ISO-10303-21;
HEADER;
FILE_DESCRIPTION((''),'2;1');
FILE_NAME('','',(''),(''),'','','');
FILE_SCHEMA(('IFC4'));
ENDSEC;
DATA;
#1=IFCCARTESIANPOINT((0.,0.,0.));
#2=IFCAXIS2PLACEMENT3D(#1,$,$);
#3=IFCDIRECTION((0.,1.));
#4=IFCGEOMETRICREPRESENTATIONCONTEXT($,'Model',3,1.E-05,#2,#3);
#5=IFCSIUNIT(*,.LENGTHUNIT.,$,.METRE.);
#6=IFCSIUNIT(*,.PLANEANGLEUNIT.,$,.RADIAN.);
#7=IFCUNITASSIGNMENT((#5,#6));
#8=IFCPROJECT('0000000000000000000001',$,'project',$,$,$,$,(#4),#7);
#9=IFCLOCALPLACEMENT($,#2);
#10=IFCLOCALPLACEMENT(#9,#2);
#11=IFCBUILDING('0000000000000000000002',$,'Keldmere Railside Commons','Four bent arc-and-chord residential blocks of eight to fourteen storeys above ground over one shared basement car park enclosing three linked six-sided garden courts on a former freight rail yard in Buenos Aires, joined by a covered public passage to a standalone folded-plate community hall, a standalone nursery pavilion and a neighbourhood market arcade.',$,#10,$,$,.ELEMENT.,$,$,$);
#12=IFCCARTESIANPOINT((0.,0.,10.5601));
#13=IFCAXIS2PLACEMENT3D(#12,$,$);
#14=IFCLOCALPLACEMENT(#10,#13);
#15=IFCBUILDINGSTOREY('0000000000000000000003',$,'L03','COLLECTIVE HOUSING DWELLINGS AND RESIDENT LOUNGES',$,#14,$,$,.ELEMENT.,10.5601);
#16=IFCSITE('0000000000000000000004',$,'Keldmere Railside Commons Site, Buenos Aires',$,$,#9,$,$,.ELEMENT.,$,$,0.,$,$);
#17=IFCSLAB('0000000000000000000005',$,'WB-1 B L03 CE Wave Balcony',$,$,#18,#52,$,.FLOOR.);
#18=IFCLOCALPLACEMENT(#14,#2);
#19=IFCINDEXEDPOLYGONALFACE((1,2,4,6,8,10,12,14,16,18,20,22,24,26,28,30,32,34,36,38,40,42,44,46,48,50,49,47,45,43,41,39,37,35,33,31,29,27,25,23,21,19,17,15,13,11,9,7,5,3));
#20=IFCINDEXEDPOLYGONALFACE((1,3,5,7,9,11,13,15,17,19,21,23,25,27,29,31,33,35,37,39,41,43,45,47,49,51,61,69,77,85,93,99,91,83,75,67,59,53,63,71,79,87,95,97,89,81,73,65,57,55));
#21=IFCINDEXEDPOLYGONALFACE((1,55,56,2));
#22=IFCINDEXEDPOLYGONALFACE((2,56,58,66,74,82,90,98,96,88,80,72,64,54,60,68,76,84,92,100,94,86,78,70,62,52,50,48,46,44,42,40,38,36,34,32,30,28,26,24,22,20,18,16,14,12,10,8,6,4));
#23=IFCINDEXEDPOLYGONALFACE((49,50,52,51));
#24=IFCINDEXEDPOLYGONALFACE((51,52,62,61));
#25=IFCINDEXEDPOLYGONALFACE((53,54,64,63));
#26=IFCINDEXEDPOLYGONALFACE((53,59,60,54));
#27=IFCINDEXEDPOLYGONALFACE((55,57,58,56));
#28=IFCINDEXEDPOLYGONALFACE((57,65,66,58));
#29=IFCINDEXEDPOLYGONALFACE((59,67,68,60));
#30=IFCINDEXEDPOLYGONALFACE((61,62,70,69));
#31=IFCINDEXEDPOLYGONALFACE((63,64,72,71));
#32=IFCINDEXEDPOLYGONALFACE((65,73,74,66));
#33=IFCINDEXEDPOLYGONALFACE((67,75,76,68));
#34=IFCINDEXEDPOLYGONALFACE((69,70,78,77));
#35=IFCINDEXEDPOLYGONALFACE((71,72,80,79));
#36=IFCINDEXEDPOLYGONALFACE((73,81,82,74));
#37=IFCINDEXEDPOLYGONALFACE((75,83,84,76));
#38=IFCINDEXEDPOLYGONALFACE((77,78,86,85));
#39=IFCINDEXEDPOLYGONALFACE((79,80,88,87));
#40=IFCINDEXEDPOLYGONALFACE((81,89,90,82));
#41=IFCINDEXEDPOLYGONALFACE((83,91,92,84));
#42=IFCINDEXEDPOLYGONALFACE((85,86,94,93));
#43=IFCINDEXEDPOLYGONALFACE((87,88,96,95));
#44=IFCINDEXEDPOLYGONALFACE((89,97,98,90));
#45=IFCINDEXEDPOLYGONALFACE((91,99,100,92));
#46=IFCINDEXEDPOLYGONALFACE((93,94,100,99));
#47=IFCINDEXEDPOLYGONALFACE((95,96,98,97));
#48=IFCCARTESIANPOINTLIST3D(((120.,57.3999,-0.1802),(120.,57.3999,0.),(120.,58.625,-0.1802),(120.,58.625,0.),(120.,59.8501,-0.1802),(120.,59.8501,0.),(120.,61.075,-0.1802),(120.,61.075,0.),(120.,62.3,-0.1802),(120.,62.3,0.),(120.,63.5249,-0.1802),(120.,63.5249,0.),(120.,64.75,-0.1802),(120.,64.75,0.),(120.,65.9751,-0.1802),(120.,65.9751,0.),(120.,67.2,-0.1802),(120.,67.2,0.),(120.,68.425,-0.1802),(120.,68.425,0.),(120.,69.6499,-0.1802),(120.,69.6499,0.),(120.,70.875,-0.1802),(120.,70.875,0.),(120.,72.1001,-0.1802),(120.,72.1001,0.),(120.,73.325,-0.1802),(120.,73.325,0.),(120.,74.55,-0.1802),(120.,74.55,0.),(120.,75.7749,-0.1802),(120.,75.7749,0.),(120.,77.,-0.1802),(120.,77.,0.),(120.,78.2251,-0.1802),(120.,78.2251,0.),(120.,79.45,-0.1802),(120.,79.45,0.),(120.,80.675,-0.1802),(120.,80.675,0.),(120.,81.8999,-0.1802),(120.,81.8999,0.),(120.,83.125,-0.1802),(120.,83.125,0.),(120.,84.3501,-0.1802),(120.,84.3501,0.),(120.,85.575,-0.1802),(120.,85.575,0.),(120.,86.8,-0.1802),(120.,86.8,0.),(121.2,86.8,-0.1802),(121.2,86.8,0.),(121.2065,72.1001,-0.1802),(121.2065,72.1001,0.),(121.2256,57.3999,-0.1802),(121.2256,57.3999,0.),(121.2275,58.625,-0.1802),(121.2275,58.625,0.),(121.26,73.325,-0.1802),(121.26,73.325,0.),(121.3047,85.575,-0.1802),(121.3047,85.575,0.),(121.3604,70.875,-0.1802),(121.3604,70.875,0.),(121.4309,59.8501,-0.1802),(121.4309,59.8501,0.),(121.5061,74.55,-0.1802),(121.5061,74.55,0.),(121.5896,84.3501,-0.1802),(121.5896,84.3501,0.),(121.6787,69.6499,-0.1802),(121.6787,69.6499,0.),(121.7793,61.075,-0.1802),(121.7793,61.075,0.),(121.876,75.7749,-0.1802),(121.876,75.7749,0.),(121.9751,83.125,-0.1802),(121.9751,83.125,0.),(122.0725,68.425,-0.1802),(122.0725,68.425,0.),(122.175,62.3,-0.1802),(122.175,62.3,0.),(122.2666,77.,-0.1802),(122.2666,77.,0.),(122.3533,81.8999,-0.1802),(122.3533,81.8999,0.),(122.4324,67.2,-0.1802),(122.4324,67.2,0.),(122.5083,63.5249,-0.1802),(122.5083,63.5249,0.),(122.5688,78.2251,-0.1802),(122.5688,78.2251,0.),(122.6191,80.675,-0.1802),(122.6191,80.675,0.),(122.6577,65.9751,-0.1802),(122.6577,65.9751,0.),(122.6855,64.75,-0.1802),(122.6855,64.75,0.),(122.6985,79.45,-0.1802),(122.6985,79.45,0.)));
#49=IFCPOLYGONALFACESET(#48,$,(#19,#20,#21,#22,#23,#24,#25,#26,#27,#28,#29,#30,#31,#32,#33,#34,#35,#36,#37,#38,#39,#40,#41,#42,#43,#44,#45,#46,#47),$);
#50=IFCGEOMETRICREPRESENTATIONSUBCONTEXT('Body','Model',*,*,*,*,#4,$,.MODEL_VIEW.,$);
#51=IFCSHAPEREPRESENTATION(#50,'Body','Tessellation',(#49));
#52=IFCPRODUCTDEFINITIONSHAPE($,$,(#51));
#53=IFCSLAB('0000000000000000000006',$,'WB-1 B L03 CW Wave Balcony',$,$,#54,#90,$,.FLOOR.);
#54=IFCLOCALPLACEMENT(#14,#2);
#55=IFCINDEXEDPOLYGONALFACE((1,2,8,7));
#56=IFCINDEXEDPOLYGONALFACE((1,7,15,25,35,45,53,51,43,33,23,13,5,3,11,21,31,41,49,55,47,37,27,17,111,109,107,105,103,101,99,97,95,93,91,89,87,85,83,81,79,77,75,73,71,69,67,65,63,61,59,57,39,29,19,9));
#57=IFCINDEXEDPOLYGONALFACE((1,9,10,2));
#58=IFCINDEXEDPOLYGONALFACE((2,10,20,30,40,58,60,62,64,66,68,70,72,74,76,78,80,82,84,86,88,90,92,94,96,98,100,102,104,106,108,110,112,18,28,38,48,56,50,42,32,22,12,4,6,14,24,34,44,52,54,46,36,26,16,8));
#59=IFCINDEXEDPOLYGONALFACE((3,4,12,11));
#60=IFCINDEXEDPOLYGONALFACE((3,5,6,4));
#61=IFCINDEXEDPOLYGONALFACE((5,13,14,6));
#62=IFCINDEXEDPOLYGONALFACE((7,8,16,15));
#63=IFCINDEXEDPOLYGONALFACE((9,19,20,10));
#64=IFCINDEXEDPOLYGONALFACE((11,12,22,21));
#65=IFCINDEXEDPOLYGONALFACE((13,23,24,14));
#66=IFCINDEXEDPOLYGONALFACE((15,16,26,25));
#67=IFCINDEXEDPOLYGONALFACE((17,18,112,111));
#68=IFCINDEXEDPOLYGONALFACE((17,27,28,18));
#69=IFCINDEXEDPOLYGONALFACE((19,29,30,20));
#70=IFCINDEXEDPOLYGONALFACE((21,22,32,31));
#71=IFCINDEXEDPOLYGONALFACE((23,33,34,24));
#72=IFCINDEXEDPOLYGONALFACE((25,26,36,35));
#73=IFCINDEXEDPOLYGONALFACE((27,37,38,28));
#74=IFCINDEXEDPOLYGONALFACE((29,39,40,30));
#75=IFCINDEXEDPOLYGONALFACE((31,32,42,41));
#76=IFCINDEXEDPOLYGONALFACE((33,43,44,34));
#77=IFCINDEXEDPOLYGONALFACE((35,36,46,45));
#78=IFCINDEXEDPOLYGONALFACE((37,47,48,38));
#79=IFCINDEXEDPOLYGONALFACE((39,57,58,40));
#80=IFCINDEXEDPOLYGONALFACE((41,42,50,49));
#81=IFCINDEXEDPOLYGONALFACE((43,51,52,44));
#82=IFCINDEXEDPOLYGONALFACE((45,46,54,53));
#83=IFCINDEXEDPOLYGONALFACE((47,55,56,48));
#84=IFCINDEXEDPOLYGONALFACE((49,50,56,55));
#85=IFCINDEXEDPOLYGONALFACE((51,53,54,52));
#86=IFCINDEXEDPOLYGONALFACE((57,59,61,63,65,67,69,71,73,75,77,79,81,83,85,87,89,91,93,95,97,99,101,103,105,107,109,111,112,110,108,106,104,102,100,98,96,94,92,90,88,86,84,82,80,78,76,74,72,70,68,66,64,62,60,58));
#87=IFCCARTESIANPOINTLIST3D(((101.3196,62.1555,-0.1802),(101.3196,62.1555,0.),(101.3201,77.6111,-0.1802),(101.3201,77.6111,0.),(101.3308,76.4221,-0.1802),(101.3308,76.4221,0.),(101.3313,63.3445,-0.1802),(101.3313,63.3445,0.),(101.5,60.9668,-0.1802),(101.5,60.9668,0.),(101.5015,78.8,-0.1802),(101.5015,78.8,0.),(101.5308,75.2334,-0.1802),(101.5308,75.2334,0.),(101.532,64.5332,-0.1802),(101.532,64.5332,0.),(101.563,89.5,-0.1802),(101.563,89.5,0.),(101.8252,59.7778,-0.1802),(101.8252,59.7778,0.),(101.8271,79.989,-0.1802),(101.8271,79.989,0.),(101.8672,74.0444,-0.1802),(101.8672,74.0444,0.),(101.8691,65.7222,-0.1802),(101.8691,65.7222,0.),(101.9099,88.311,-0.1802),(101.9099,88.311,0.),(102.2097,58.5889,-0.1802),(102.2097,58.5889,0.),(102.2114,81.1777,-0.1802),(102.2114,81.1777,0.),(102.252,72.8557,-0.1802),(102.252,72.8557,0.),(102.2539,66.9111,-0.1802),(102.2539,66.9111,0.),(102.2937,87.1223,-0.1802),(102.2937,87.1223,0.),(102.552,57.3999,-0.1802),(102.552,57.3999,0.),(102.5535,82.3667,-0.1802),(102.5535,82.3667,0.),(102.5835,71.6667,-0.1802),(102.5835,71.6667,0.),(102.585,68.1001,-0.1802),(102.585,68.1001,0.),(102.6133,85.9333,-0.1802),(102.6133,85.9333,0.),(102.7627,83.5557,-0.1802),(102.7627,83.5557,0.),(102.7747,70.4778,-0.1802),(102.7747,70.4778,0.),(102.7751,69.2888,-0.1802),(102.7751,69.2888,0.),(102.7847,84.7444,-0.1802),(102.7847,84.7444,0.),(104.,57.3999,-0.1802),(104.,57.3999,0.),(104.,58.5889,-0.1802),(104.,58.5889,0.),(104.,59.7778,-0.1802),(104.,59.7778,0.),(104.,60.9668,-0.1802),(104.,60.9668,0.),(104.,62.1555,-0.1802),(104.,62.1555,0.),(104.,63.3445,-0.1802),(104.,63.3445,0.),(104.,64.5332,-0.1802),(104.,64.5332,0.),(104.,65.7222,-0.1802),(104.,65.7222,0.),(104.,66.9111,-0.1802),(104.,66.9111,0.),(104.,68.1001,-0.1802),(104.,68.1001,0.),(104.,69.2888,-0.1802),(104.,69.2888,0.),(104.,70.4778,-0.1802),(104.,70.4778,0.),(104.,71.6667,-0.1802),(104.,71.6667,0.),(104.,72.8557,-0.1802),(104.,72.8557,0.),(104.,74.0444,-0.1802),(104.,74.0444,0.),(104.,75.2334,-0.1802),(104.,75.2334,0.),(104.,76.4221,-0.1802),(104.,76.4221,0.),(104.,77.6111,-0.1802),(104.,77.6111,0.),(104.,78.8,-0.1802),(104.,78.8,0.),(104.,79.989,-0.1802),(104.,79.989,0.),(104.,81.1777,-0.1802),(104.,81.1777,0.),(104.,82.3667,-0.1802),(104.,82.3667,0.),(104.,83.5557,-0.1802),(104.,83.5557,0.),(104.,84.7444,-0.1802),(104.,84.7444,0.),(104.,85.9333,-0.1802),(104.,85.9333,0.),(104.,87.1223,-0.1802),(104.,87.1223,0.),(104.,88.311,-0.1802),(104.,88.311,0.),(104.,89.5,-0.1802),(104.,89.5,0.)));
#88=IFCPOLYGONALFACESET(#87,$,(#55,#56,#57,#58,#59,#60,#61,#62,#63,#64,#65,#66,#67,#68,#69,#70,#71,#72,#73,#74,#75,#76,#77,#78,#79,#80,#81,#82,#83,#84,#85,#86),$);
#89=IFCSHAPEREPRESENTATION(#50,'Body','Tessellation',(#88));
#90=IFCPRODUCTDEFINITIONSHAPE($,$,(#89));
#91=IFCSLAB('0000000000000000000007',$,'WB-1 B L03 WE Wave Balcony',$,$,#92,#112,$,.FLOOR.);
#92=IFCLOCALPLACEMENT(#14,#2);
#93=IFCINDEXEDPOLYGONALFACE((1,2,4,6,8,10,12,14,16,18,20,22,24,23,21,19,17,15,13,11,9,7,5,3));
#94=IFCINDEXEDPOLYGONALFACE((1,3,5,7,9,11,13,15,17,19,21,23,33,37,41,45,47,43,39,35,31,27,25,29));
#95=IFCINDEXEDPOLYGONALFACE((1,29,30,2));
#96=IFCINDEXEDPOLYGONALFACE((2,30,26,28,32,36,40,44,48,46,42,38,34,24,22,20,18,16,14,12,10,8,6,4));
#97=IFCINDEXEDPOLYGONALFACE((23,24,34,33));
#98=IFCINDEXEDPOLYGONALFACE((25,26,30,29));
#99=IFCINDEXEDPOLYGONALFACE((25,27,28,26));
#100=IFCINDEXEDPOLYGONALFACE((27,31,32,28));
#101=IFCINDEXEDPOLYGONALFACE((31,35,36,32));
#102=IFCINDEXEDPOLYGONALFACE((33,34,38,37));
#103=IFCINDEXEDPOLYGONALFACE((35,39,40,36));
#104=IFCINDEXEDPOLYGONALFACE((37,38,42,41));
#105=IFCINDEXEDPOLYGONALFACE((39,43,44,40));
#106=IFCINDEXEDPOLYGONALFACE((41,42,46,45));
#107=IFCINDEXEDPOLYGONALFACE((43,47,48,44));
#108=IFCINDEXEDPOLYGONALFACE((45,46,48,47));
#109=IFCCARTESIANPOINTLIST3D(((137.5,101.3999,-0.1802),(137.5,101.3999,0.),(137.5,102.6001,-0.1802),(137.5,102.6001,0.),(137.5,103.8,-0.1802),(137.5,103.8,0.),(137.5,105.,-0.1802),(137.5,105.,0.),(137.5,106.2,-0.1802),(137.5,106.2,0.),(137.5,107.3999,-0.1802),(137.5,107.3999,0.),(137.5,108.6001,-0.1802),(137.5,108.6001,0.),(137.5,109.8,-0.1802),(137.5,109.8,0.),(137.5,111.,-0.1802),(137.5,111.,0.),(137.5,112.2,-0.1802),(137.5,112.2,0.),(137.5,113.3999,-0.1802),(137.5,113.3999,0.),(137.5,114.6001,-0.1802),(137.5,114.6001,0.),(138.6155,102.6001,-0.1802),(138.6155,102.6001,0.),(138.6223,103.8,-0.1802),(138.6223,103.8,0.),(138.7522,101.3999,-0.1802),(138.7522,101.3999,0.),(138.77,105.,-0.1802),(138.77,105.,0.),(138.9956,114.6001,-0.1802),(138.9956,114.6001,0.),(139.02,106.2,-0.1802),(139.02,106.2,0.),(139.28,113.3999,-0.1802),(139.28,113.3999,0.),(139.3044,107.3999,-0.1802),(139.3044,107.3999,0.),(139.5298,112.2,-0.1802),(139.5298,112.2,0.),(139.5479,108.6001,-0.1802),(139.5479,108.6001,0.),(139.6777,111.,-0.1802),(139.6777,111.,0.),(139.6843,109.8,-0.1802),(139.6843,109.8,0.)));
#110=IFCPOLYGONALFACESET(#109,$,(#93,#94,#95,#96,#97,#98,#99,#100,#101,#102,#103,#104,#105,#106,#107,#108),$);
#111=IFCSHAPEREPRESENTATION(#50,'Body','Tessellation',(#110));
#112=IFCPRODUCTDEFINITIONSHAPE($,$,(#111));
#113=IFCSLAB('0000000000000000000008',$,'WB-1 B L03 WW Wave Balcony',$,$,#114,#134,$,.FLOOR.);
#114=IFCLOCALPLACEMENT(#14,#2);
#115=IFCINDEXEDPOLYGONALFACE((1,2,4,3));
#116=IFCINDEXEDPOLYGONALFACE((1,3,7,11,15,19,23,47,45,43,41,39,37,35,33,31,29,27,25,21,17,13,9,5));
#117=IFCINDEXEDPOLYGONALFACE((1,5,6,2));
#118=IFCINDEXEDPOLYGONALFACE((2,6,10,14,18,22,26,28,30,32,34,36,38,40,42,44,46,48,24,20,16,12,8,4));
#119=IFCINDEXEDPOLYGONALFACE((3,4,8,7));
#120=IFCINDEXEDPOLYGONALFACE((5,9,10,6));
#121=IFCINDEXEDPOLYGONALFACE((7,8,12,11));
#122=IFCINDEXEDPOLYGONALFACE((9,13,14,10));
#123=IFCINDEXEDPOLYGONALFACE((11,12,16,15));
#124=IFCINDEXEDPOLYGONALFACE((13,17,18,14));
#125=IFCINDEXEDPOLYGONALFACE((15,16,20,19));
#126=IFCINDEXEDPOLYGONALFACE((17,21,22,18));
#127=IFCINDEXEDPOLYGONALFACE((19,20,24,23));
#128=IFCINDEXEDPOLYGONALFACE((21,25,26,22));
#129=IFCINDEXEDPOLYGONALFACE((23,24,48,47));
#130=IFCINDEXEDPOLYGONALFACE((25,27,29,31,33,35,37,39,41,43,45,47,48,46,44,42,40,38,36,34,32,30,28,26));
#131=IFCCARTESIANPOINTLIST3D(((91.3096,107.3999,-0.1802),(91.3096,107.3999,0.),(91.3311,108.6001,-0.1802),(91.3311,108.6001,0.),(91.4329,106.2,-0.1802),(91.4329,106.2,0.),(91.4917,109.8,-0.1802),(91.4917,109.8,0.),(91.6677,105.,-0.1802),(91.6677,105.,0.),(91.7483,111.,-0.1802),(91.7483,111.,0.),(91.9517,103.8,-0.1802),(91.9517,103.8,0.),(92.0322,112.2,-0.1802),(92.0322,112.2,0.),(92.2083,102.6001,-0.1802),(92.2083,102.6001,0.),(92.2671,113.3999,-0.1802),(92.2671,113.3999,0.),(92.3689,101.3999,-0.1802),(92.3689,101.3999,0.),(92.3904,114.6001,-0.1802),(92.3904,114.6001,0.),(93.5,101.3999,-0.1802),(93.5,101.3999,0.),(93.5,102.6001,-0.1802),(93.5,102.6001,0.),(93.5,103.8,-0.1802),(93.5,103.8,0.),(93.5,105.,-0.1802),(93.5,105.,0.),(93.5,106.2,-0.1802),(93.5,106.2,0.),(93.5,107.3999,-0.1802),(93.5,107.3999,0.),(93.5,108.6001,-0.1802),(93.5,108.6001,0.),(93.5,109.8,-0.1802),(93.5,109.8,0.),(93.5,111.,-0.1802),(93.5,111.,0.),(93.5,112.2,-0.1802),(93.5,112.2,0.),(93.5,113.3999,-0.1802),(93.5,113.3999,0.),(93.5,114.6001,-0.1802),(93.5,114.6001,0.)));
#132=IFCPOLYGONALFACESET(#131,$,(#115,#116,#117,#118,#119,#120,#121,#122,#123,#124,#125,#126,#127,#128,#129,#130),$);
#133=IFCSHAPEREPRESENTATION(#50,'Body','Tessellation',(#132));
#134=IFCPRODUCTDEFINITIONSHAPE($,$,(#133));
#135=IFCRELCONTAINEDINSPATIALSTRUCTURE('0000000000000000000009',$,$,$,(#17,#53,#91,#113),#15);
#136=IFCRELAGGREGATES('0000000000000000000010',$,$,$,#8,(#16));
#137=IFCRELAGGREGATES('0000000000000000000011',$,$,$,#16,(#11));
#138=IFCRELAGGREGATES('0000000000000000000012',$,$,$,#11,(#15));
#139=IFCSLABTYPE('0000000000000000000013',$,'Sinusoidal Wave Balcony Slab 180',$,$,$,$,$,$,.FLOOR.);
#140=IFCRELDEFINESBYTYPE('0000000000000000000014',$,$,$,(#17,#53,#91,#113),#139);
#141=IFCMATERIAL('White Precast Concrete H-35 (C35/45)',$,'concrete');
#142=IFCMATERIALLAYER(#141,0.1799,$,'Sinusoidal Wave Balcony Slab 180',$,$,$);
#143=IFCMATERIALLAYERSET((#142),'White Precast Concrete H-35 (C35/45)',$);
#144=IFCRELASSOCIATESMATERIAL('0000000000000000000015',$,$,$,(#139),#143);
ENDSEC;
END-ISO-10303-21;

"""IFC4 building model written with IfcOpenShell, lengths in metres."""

from ifc_helpers import new_model, si_unit, direction, frame, origin, place, context, subcontext, project, spatial, polyline, outline, extrude, material, layer, layer_set, type_object, element, save


model = new_model("IFC4")

# Units and contexts
model_context = context("Model", 3, precision=1e-05, world=origin(), true_north=direction((0.0, 1.0)))
body_context = subcontext(model_context, "Body", "Model", "MODEL_VIEW")
ifc_project = project(units=[si_unit("LENGTHUNIT", "METRE"), si_unit("PLANEANGLEUNIT", "RADIAN")], contexts=[model_context])

# Site, building, storey
site_placement = place(None, origin())
site = spatial("IfcSite", under=ifc_project, at=site_placement, Name="Keldmere Railside Commons Site, Buenos Aires", CompositionType="ELEMENT", RefElevation=0.0)
building_placement = place(site_placement, origin())
building = spatial("IfcBuilding", under=site, at=building_placement, Name="Keldmere Railside Commons", Description="Four bent arc-and-chord residential blocks of eight to fourteen storeys above ground over one shared basement car park enclosing three linked six-sided garden courts on a former freight rail yard in Buenos Aires, joined by a covered public passage to a standalone folded-plate community hall, a standalone nursery pavilion and a neighbourhood market arcade.", CompositionType="ELEMENT")
storey_placement = place(building_placement, frame((0.0, 0.0, 10.5601)))
storey = spatial("IfcBuildingStorey", under=building, at=storey_placement, Name="L03", Description="COLLECTIVE HOUSING DWELLINGS AND RESIDENT LOUNGES", CompositionType="ELEMENT", Elevation=10.5601)

# Slabs
ifc_material_1 = material(Name="White Precast Concrete H-35 (C35/45)", Category="concrete")
ifc_layer_1 = layer(ifc_material_1, 0.1799, Name="Sinusoidal Wave Balcony Slab 180")
ifc_layer_set_1 = layer_set([ifc_layer_1], Name="White Precast Concrete H-35 (C35/45)")
slab_type = type_object("IfcSlabType", Name="Sinusoidal Wave Balcony Slab 180", PredefinedType="FLOOR", material=ifc_layer_set_1)
slab_1_placement = place(storey_placement, frame((0.0, 0.0, -0.1802)))
element("IfcSlab", 1, at=slab_1_placement, inside=storey, type_object=slab_type, Name="WB-1 B L03 CE Wave Balcony", PredefinedType="FLOOR", context=body_context, shape_type="SweptSolid", body=[
    extrude(outline(polyline([(121.2256, 57.3999), (121.2275, 58.625), (121.4309, 59.8501), (121.7793, 61.075), (122.175, 62.3), (122.5083, 63.5249), (122.6855, 64.75), (122.6577, 65.9751), (122.4324, 67.2), (122.0725, 68.425), (121.6787, 69.6499), (121.3604, 70.875), (121.2065, 72.1001), (121.26, 73.325), (121.5061, 74.55), (121.876, 75.7749), (122.2666, 77.0), (122.5688, 78.2251), (122.6985, 79.45), (122.6191, 80.675), (122.3533, 81.8999), (121.9751, 83.125), (121.5896, 84.3501), (121.3047, 85.575), (121.2, 86.8), (120.0, 86.8), (120.0, 85.575), (120.0, 84.3501), (120.0, 83.125), (120.0, 81.8999), (120.0, 80.675), (120.0, 79.45), (120.0, 78.2251), (120.0, 77.0), (120.0, 75.7749), (120.0, 74.55), (120.0, 73.325), (120.0, 72.1001), (120.0, 70.875), (120.0, 69.6499), (120.0, 68.425), (120.0, 67.2), (120.0, 65.9751), (120.0, 64.75), (120.0, 63.5249), (120.0, 62.3), (120.0, 61.075), (120.0, 59.8501), (120.0, 58.625), (120.0, 57.3999), (121.2256, 57.3999)])), origin(), (0.0, 0.0, 1.0), 0.1802),
])
slab_2_placement = place(storey_placement, frame((0.0, 0.0, -0.1802)))
element("IfcSlab", 2, at=slab_2_placement, inside=storey, type_object=slab_type, Name="WB-1 B L03 CW Wave Balcony", PredefinedType="FLOOR", context=body_context, shape_type="SweptSolid", body=[
    extrude(outline(polyline([(104.0, 57.3999), (104.0, 58.5889), (104.0, 59.7778), (104.0, 60.9668), (104.0, 62.1555), (104.0, 63.3445), (104.0, 64.5332), (104.0, 65.7222), (104.0, 66.9111), (104.0, 68.1001), (104.0, 69.2888), (104.0, 70.4778), (104.0, 71.6667), (104.0, 72.8557), (104.0, 74.0444), (104.0, 75.2334), (104.0, 76.4221), (104.0, 77.6111), (104.0, 78.8), (104.0, 79.989), (104.0, 81.1777), (104.0, 82.3667), (104.0, 83.5557), (104.0, 84.7444), (104.0, 85.9333), (104.0, 87.1223), (104.0, 88.311), (104.0, 89.5), (101.563, 89.5), (101.9099, 88.311), (102.2937, 87.1223), (102.6133, 85.9333), (102.7847, 84.7444), (102.7627, 83.5557), (102.5535, 82.3667), (102.2114, 81.1777), (101.8271, 79.989), (101.5015, 78.8), (101.3201, 77.6111), (101.3308, 76.4221), (101.5308, 75.2334), (101.8672, 74.0444), (102.252, 72.8557), (102.5835, 71.6667), (102.7747, 70.4778), (102.7751, 69.2888), (102.585, 68.1001), (102.2539, 66.9111), (101.8691, 65.7222), (101.532, 64.5332), (101.3313, 63.3445), (101.3196, 62.1555), (101.5, 60.9668), (101.8252, 59.7778), (102.2097, 58.5889), (102.552, 57.3999), (104.0, 57.3999)])), origin(), (0.0, 0.0, 1.0), 0.1802),
])
slab_3_placement = place(storey_placement, frame((0.0, 0.0, -0.1802)))
element("IfcSlab", 3, at=slab_3_placement, inside=storey, type_object=slab_type, Name="WB-1 B L03 WE Wave Balcony", PredefinedType="FLOOR", context=body_context, shape_type="SweptSolid", body=[
    extrude(outline(polyline([(138.7522, 101.3999), (138.6155, 102.6001), (138.6223, 103.8), (138.77, 105.0), (139.02, 106.2), (139.3044, 107.3999), (139.5479, 108.6001), (139.6843, 109.8), (139.6777, 111.0), (139.5298, 112.2), (139.28, 113.3999), (138.9956, 114.6001), (137.5, 114.6001), (137.5, 113.3999), (137.5, 112.2), (137.5, 111.0), (137.5, 109.8), (137.5, 108.6001), (137.5, 107.3999), (137.5, 106.2), (137.5, 105.0), (137.5, 103.8), (137.5, 102.6001), (137.5, 101.3999), (138.7522, 101.3999)])), origin(), (0.0, 0.0, 1.0), 0.1802),
])
slab_4_placement = place(storey_placement, frame((0.0, 0.0, -0.1802)))
element("IfcSlab", 4, at=slab_4_placement, inside=storey, type_object=slab_type, Name="WB-1 B L03 WW Wave Balcony", PredefinedType="FLOOR", context=body_context, shape_type="SweptSolid", body=[
    extrude(outline(polyline([(93.5, 101.3999), (93.5, 102.6001), (93.5, 103.8), (93.5, 105.0), (93.5, 106.2), (93.5, 107.3999), (93.5, 108.6001), (93.5, 109.8), (93.5, 111.0), (93.5, 112.2), (93.5, 113.3999), (93.5, 114.6001), (92.3904, 114.6001), (92.2671, 113.3999), (92.0322, 112.2), (91.7483, 111.0), (91.4917, 109.8), (91.3311, 108.6001), (91.3096, 107.3999), (91.4329, 106.2), (91.6677, 105.0), (91.9517, 103.8), (92.2083, 102.6001), (92.3689, 101.3999), (93.5, 101.3999)])), origin(), (0.0, 0.0, 1.0), 0.1802),
])

save(model, "model.ifc")
